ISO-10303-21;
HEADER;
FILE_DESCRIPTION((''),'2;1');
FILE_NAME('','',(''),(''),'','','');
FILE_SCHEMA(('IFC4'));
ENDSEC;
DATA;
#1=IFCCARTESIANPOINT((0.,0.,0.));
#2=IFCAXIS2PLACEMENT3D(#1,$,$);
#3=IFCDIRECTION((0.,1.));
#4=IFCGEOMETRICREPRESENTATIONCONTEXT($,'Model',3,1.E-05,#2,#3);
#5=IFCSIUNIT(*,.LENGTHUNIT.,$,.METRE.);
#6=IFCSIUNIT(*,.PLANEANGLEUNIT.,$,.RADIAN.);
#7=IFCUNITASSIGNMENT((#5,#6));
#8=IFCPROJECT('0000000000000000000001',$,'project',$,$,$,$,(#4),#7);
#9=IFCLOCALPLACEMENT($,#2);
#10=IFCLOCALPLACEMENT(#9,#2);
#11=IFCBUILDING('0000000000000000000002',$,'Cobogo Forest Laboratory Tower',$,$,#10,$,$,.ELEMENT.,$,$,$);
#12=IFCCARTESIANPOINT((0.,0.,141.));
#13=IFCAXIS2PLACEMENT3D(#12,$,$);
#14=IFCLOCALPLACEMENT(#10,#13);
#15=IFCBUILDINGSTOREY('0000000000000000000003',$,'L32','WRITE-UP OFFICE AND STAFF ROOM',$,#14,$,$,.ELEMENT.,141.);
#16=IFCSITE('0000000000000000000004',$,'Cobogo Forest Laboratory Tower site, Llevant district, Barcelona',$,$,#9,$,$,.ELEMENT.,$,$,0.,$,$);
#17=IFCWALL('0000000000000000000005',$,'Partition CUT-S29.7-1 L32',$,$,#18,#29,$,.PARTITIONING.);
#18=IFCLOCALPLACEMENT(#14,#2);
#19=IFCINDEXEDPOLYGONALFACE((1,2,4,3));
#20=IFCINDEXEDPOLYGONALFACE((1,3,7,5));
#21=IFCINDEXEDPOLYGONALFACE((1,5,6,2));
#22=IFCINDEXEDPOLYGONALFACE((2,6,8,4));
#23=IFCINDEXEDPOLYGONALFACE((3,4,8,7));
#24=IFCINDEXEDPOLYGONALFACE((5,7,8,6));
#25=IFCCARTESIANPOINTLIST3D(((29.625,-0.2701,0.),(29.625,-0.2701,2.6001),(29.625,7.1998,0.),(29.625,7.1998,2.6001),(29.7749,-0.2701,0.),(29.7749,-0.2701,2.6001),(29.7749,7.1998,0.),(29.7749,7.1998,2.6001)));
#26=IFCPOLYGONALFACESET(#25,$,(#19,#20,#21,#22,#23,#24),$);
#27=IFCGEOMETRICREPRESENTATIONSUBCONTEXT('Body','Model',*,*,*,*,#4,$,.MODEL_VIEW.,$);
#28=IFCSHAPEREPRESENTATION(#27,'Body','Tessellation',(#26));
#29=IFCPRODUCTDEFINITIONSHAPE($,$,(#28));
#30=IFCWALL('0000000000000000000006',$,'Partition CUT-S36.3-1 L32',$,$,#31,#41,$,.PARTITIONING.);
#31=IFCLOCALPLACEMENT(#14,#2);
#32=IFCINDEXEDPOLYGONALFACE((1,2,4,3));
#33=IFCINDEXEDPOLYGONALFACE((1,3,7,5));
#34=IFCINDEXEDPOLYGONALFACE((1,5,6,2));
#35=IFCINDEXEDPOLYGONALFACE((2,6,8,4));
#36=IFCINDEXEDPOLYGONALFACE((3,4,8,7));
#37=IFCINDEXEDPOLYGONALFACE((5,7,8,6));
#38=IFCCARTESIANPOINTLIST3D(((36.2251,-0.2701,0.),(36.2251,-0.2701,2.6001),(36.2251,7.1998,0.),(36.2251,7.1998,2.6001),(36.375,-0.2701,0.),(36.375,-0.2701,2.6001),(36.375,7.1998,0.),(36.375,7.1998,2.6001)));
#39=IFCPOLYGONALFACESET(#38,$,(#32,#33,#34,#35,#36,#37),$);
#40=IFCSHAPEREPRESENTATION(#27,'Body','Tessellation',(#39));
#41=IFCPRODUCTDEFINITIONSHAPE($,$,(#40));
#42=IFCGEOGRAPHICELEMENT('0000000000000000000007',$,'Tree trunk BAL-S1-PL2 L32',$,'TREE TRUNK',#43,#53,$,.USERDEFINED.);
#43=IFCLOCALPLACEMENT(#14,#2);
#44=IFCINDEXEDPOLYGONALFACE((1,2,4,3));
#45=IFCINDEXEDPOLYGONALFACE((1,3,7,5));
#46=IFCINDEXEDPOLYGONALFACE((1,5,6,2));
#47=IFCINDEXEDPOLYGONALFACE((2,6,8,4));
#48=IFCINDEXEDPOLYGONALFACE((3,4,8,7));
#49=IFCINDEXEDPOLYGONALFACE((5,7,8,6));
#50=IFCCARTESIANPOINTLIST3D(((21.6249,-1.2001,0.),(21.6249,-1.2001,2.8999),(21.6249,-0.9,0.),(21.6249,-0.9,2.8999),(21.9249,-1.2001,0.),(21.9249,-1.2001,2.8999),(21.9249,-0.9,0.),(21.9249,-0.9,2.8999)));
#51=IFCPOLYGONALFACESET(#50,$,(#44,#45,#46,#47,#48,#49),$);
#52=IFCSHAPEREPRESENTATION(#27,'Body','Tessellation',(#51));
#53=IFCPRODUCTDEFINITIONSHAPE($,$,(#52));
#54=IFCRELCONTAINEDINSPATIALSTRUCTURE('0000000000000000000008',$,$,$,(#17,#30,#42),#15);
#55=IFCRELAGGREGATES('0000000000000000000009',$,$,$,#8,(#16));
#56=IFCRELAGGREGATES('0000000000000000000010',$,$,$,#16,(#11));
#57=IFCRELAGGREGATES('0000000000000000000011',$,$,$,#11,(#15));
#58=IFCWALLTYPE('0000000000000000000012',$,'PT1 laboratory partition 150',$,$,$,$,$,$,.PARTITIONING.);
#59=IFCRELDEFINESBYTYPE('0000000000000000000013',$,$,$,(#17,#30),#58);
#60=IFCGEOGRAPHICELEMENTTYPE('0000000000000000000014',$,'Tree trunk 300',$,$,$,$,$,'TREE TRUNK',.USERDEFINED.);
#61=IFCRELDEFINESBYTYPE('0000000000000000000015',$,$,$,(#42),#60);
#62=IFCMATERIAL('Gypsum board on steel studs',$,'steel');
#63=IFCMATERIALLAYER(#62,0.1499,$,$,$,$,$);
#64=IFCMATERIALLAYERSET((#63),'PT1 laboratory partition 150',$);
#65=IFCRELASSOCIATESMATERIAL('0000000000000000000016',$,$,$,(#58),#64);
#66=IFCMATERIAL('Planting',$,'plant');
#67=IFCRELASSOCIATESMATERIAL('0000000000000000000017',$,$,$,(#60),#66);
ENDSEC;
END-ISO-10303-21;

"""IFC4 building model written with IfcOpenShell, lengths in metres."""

from ifc_helpers import new_model, si_unit, direction, frame, frame_2d, origin, origin_2d, place, context, subcontext, project, spatial, rectangle, extrude, material, layer, layer_set, type_object, element, save


model = new_model("IFC4")

# Units and contexts
model_context = context("Model", 3, precision=1e-05, world=origin(), true_north=direction((0.0, 1.0)))
body_context = subcontext(model_context, "Body", "Model", "MODEL_VIEW")
ifc_project = project(units=[si_unit("LENGTHUNIT", "METRE"), si_unit("PLANEANGLEUNIT", "RADIAN")], contexts=[model_context])

# Site, building, storey
site_placement = place(None, origin())
site = spatial("IfcSite", under=ifc_project, at=site_placement, Name="Cobogo Forest Laboratory Tower site, Llevant district, Barcelona", CompositionType="ELEMENT", RefElevation=0.0)
building_placement = place(site_placement, origin())
building = spatial("IfcBuilding", under=site, at=building_placement, Name="Cobogo Forest Laboratory Tower", CompositionType="ELEMENT")
storey_placement = place(building_placement, frame((0.0, 0.0, 141.0)))
storey = spatial("IfcBuildingStorey", under=building, at=storey_placement, Name="L32", Description="WRITE-UP OFFICE AND STAFF ROOM", CompositionType="ELEMENT", Elevation=141.0)

# Walls
ifc_material_1 = material(Name="Gypsum board on steel studs", Category="steel")
ifc_layer_1 = layer(ifc_material_1, 0.1499)
ifc_layer_set_1 = layer_set([ifc_layer_1], Name="PT1 laboratory partition 150")
wall_type = type_object("IfcWallType", Name="PT1 laboratory partition 150", PredefinedType="PARTITIONING", material=ifc_layer_set_1)
for number, where, z_axis, x_axis, name in (
    (1, (29.7, -0.27, 0.0), (0.0, 0.0, 1.0), (0.0, 1.0, 0.0), "Partition CUT-S29.7-1 L32"),
    (2, (36.3, -0.27, 0.0), (0.0, 0.0, 1.0), (0.0, 1.0, 0.0), "Partition CUT-S36.3-1 L32"),
):
    element("IfcWall", number, at=place(storey_placement, frame(where, z_axis=z_axis, x_axis=x_axis)), inside=storey, type_object=wall_type, Name=name, PredefinedType="PARTITIONING", context=body_context, shape_type="SweptSolid", body=[
        extrude(rectangle(XDim=7.47, YDim=0.1499, at=frame_2d((3.7349, 0.0))), origin(), (0.0, 0.0, 1.0), 2.6001),
    ])

# Geographic element
ifc_material_2 = material(Name="Planting", Category="plant")
geographic_element_type = type_object("IfcGeographicElementType", Name="Tree trunk 300", ElementType="TREE TRUNK", PredefinedType="USERDEFINED", material=ifc_material_2)
geographic_element_placement = place(storey_placement, frame((21.7749, -1.05, 0.0), z_axis=(0.0, 0.0, 1.0), x_axis=(1.0, 0.0, 0.0)))
element("IfcGeographicElement", 3, at=geographic_element_placement, inside=storey, type_object=geographic_element_type, Name="Tree trunk BAL-S1-PL2 L32", ObjectType="TREE TRUNK", PredefinedType="USERDEFINED", context=body_context, shape_type="SweptSolid", body=[
    extrude(rectangle(XDim=0.3, YDim=0.3, at=origin_2d()), origin(), (0.0, 0.0, 1.0), 2.8999),
])

save(model, "model.ifc")
